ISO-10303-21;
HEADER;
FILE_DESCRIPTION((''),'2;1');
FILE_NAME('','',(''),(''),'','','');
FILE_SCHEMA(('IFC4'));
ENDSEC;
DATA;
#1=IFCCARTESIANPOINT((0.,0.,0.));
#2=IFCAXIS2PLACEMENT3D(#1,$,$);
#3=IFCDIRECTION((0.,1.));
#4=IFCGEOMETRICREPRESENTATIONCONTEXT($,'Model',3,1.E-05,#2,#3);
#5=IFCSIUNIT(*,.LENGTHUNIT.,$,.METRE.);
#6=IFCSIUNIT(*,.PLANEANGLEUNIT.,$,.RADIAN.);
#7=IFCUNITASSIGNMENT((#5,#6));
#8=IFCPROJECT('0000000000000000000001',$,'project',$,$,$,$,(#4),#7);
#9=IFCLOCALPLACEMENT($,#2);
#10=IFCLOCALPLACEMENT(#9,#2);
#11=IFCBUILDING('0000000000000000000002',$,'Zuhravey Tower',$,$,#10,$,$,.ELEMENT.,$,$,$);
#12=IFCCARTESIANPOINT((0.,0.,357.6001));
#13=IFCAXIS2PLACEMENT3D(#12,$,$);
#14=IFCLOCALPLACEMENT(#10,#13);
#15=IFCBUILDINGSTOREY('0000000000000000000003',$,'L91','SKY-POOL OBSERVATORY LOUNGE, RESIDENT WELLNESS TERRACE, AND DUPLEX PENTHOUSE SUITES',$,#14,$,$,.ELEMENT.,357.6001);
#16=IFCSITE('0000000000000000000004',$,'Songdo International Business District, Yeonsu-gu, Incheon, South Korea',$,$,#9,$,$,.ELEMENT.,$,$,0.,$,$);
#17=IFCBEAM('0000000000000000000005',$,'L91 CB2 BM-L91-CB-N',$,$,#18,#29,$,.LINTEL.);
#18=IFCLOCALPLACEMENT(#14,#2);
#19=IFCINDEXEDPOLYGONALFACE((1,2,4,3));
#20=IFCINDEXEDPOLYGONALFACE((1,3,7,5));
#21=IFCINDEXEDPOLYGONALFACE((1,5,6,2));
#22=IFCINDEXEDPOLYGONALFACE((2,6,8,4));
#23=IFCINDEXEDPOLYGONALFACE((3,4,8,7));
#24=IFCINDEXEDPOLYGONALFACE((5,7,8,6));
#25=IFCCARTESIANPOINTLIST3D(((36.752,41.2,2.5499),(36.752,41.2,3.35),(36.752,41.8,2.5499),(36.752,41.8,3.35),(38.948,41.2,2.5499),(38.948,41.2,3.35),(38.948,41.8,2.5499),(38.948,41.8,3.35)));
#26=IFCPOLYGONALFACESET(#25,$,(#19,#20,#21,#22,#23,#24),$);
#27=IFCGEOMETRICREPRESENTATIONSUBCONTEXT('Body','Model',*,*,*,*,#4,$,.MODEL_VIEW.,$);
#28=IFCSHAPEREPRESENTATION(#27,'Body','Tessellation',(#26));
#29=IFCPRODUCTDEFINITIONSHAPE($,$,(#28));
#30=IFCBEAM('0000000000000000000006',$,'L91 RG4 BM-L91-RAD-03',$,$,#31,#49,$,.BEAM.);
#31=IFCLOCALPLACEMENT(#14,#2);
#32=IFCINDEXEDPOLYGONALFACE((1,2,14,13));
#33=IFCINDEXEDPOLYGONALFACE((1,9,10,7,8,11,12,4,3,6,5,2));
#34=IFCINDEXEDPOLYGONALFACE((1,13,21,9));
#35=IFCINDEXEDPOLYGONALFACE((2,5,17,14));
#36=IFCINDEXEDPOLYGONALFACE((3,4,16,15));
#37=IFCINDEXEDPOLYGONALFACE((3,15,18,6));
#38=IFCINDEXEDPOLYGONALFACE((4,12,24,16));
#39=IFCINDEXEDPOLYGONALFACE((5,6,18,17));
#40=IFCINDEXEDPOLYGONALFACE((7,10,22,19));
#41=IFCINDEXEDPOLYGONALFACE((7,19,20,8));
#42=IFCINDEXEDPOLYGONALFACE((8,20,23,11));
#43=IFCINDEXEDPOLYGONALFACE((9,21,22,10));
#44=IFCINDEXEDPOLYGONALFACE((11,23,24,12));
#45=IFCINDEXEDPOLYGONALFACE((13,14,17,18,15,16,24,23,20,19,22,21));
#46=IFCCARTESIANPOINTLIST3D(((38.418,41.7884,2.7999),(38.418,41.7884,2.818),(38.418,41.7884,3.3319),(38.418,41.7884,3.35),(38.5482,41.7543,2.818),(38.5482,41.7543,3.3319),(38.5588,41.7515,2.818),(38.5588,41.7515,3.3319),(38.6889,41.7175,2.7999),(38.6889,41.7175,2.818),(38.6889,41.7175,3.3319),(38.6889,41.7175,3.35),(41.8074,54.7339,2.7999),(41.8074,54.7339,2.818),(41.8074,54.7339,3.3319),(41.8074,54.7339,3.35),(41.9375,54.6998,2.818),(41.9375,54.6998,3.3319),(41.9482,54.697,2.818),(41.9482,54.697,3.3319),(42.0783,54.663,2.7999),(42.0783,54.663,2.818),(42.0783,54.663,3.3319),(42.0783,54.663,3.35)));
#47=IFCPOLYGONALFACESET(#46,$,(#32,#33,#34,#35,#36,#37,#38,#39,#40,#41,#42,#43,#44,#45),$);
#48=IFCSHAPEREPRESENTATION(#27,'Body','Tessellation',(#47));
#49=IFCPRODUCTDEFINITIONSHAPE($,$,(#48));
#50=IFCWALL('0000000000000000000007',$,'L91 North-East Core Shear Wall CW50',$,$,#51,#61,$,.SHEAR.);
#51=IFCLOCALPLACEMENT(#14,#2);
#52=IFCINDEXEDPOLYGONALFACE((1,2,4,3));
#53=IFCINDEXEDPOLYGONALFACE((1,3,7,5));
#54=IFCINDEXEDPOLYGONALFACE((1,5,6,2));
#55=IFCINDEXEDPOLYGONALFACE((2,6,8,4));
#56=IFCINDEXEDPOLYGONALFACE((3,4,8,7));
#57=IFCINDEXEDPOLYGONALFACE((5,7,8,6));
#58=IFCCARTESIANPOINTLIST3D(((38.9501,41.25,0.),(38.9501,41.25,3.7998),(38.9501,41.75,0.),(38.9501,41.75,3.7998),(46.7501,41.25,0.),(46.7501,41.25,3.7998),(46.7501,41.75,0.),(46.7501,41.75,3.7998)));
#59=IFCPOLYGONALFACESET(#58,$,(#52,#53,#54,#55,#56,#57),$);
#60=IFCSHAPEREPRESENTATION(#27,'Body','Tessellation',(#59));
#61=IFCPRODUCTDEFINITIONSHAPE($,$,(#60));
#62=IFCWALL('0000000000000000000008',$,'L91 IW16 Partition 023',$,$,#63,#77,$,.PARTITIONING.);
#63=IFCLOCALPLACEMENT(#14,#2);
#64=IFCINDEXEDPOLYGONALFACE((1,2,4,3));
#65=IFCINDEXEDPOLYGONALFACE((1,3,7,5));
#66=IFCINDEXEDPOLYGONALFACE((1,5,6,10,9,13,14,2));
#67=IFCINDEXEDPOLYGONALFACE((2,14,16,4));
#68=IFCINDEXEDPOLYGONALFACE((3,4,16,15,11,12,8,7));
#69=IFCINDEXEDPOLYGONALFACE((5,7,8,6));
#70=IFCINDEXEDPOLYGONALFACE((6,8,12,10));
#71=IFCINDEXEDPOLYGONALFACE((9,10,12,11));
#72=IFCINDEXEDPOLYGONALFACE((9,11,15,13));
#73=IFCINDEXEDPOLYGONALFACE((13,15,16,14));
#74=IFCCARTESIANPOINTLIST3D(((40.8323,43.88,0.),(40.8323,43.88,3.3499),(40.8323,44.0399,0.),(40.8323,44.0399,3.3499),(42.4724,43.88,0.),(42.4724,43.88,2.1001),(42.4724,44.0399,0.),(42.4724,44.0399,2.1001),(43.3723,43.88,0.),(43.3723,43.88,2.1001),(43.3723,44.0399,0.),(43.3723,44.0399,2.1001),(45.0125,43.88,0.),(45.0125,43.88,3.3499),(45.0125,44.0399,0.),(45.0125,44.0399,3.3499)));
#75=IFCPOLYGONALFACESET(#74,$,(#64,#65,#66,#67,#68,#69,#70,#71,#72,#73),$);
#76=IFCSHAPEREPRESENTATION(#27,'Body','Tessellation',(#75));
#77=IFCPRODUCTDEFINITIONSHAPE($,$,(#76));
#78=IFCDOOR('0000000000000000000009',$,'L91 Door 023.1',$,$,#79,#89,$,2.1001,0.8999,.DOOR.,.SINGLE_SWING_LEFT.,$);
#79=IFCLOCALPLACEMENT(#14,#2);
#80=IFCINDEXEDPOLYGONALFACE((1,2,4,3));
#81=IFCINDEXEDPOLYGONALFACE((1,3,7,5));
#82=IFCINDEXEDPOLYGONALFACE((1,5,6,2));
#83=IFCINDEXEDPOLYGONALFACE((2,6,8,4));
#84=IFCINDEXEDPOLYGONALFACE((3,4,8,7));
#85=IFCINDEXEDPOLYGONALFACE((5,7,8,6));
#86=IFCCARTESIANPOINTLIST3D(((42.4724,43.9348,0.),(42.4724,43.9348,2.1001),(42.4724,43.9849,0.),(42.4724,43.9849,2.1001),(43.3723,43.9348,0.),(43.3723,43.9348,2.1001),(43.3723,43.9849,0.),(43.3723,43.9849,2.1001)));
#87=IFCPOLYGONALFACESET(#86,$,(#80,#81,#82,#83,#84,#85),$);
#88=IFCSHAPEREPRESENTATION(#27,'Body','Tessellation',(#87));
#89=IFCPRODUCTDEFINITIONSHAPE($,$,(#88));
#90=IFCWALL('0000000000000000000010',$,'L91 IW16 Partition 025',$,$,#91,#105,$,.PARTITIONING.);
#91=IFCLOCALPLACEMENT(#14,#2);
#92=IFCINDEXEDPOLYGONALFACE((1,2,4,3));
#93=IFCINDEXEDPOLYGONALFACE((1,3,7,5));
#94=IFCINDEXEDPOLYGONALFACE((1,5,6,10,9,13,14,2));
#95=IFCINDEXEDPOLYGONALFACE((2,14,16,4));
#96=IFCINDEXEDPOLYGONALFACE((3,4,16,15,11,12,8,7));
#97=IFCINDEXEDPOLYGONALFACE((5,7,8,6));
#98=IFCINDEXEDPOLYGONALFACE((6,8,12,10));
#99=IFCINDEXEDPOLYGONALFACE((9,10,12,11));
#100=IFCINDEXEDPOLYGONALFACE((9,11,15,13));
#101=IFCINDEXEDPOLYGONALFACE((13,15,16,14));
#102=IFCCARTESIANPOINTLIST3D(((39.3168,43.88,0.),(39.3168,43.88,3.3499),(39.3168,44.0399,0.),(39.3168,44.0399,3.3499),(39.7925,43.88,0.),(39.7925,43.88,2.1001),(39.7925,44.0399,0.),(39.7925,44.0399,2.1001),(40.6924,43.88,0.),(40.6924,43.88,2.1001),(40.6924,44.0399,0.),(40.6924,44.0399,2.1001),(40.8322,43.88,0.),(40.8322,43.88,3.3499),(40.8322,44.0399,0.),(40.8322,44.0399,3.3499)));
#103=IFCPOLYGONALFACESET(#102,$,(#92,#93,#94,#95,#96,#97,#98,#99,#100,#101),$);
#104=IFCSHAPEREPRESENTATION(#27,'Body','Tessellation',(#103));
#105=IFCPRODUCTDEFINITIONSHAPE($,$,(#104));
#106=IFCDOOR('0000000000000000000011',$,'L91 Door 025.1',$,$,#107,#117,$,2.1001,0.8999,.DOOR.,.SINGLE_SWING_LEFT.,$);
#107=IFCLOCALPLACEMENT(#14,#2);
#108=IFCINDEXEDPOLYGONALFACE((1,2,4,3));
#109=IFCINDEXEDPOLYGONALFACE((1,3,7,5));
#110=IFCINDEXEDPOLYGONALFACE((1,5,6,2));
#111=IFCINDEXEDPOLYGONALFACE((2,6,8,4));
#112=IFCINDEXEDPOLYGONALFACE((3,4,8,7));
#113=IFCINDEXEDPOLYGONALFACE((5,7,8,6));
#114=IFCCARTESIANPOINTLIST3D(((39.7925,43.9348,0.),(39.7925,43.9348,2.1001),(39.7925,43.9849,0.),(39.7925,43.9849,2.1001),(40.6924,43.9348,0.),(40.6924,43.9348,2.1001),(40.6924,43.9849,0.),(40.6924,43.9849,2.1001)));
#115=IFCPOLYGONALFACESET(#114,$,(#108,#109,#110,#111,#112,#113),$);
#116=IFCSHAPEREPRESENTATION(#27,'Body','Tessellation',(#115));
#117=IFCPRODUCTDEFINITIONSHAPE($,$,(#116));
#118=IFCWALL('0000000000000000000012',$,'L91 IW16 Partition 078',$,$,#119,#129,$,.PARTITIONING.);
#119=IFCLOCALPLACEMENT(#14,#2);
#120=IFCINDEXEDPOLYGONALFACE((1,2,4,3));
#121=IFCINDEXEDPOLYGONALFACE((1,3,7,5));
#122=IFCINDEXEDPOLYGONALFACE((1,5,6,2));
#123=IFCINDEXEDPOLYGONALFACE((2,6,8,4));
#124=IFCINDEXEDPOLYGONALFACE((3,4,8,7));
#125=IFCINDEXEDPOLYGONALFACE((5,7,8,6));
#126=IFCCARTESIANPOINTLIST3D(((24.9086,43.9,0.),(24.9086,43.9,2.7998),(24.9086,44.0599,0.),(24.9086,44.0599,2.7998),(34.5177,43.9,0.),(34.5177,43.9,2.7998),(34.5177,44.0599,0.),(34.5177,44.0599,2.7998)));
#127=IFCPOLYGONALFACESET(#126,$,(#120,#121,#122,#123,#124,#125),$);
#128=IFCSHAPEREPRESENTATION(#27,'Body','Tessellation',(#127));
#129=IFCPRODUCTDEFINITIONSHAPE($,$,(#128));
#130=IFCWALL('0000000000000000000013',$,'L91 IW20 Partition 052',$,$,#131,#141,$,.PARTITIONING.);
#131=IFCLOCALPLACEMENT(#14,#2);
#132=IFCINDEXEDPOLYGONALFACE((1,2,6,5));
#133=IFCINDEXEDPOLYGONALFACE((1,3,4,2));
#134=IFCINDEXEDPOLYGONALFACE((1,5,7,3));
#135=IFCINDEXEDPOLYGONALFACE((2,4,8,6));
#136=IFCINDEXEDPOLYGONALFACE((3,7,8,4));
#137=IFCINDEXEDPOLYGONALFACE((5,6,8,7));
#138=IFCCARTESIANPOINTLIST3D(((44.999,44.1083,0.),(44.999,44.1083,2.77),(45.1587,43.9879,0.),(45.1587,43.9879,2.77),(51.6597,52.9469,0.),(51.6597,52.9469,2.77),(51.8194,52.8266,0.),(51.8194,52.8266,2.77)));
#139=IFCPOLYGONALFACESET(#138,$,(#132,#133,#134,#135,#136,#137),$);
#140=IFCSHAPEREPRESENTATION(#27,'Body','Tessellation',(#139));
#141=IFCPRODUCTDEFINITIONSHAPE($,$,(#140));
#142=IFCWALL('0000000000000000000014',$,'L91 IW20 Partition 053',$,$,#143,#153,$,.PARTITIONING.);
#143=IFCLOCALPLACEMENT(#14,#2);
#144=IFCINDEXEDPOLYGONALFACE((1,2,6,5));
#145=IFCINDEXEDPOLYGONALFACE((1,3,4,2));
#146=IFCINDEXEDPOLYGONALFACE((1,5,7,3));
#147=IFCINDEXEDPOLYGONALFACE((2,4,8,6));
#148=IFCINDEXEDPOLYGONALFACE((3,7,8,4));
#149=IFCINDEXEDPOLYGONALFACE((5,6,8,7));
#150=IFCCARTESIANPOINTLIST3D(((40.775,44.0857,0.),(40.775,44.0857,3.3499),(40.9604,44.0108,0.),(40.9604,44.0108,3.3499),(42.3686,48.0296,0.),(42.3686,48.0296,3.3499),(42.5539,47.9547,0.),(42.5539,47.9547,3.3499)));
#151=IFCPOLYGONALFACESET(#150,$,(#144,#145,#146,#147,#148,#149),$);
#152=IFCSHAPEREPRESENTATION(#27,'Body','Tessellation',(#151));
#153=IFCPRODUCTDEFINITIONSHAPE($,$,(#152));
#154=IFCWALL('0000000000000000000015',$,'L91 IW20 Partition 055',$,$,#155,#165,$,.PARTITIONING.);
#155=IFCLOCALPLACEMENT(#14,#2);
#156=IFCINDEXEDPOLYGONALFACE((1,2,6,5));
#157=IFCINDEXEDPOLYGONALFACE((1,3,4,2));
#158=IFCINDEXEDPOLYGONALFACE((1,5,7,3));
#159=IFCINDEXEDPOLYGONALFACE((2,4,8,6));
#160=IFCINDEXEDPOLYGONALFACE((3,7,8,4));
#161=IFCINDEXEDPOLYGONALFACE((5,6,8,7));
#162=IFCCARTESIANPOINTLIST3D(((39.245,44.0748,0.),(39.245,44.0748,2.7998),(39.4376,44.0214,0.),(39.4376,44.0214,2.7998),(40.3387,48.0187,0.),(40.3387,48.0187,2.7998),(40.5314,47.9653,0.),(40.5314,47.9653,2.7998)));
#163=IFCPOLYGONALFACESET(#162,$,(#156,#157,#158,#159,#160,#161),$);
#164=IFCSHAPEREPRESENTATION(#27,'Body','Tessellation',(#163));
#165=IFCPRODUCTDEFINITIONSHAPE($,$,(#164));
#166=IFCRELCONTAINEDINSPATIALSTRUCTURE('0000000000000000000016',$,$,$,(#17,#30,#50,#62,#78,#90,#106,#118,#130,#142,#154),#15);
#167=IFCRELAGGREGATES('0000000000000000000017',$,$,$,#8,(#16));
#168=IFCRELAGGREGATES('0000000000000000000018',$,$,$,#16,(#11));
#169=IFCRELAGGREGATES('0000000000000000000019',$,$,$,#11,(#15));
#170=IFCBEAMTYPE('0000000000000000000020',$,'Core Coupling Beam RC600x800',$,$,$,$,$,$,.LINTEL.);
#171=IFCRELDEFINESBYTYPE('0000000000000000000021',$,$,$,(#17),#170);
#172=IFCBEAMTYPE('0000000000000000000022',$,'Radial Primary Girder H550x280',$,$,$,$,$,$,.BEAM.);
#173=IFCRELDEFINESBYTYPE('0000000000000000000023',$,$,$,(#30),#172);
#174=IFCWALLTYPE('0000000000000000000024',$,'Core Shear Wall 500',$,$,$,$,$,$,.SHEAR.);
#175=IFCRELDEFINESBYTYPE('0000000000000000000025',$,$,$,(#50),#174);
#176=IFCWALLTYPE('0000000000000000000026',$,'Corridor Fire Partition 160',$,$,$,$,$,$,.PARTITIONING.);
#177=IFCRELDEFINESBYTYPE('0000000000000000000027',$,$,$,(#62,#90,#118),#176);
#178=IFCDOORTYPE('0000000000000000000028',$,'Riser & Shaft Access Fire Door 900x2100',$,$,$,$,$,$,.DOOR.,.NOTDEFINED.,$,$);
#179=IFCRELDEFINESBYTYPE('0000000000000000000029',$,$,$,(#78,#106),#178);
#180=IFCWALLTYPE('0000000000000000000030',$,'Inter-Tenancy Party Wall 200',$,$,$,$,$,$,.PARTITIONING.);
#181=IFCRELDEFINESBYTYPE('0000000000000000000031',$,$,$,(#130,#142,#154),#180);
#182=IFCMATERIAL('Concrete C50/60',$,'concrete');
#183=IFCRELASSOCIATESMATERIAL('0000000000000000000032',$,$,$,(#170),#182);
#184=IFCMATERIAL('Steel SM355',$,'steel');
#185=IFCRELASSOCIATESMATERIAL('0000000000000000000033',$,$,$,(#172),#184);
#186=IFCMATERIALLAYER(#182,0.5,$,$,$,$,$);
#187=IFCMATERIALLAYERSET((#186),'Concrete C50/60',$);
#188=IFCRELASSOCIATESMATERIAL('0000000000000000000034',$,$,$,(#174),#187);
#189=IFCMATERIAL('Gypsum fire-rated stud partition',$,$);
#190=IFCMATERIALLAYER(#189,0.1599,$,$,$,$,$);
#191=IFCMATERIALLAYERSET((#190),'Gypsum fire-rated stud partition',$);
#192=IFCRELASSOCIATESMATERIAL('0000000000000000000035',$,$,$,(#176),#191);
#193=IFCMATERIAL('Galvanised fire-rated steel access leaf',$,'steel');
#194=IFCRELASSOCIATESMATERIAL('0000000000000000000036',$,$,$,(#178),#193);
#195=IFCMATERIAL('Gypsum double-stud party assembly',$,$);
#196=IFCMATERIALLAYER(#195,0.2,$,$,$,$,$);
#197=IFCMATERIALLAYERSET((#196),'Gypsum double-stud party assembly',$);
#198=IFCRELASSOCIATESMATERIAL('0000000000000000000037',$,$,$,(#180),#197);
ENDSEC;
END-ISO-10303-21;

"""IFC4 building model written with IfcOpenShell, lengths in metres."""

from ifc_helpers import new_model, si_unit, direction, frame, frame_2d, origin, origin_2d, place, context, subcontext, project, spatial, rectangle, i_section, extrude, material, layer, layer_set, material_profile, profile_set, type_object, element, fill, save


model = new_model("IFC4")

# Units and contexts
model_context = context("Model", 3, precision=1e-05, world=origin(), true_north=direction((0.0, 1.0)))
body_context = subcontext(model_context, "Body", "Model", "MODEL_VIEW")
ifc_project = project(units=[si_unit("LENGTHUNIT", "METRE"), si_unit("PLANEANGLEUNIT", "RADIAN")], contexts=[model_context])

# Site, building, storey
site_placement = place(None, origin())
site = spatial("IfcSite", under=ifc_project, at=site_placement, Name="Songdo International Business District, Yeonsu-gu, Incheon, South Korea", CompositionType="ELEMENT", RefElevation=0.0)
building_placement = place(site_placement, origin())
building = spatial("IfcBuilding", under=site, at=building_placement, Name="Zuhravey Tower", CompositionType="ELEMENT")
storey_placement = place(building_placement, frame((0.0, 0.0, 357.6001)))
storey = spatial("IfcBuildingStorey", under=building, at=storey_placement, Name="L91", Description="SKY-POOL OBSERVATORY LOUNGE, RESIDENT WELLNESS TERRACE, AND DUPLEX PENTHOUSE SUITES", CompositionType="ELEMENT", Elevation=357.6001)

# Beams
ifc_material_1 = material(Name="Concrete C50/60", Category="concrete")
ifc_material_profile_1 = material_profile(ifc_material_1, rectangle(XDim=0.6001, YDim=0.8, at=origin_2d()), Name="RC-600x800")
ifc_profile_set_1 = profile_set([ifc_material_profile_1], Name="Concrete C50/60")
beam_type_1 = type_object("IfcBeamType", Name="Core Coupling Beam RC600x800", PredefinedType="LINTEL", material=ifc_profile_set_1)
beam_1_placement = place(storey_placement, frame((36.752, 41.5, 2.95), z_axis=(1.0, 0.0, 0.0), x_axis=(0.0, 1.0, 0.0)))
element("IfcBeam", 1, at=beam_1_placement, inside=storey, type_object=beam_type_1, Name="L91 CB2 BM-L91-CB-N", PredefinedType="LINTEL", context=body_context, shape_type="SweptSolid", body=[
    extrude(rectangle(XDim=0.6001, YDim=0.8, at=origin_2d()), origin(), (0.0, 0.0, 1.0), 2.196),
])
ifc_material_2 = material(Name="Steel SM355", Category="steel")
ifc_material_profile_2 = material_profile(ifc_material_2, i_section(OverallWidth=0.28, OverallDepth=0.55, WebThickness=0.011, FlangeThickness=0.0181, at=origin_2d()), Name="H-550x280x11x18")
ifc_profile_set_2 = profile_set([ifc_material_profile_2], Name="Steel SM355")
beam_type_2 = type_object("IfcBeamType", Name="Radial Primary Girder H550x280", PredefinedType="BEAM", material=ifc_profile_set_2)
beam_2_placement = place(storey_placement, frame((38.5535, 41.7529, 3.075), z_axis=(0.253283, 0.967392, 0.0), x_axis=(-0.967392, 0.253283, 0.0)))
element("IfcBeam", 2, at=beam_2_placement, inside=storey, type_object=beam_type_2, Name="L91 RG4 BM-L91-RAD-03", PredefinedType="BEAM", context=body_context, shape_type="SweptSolid", body=[
    extrude(i_section(OverallWidth=0.28, OverallDepth=0.55, WebThickness=0.011, FlangeThickness=0.0181, at=origin_2d()), origin(), (0.0, 0.0, 1.0), 13.3818),
])

# Wall
ifc_layer_1 = layer(ifc_material_1, 0.5)
ifc_layer_set_1 = layer_set([ifc_layer_1], Name="Concrete C50/60")
wall_type_1 = type_object("IfcWallType", Name="Core Shear Wall 500", PredefinedType="SHEAR", material=ifc_layer_set_1)
wall_1_placement = place(storey_placement, frame((46.75, 41.5, 0.0), z_axis=(0.0, 0.0, 1.0), x_axis=(-1.0, 0.0, 0.0)))
element("IfcWall", 3, at=wall_1_placement, inside=storey, type_object=wall_type_1, Name="L91 North-East Core Shear Wall CW50", PredefinedType="SHEAR", context=body_context, shape_type="SweptSolid", body=[
    extrude(rectangle(XDim=7.8, YDim=0.5, at=frame_2d((3.8999, 0.0))), origin(), (0.0, 0.0, 1.0), 3.7998),
])

# Walls, openings, doors
ifc_material_3 = material(Name="Gypsum fire-rated stud partition")
ifc_layer_2 = layer(ifc_material_3, 0.1599)
ifc_layer_set_2 = layer_set([ifc_layer_2], Name="Gypsum fire-rated stud partition")
wall_type_2 = type_object("IfcWallType", Name="Corridor Fire Partition 160", PredefinedType="PARTITIONING", material=ifc_layer_set_2)
wall_2_placement = place(storey_placement, frame((45.0125, 43.96, 0.0), z_axis=(0.0, 0.0, 1.0), x_axis=(-1.0, 0.0, 0.0)))
wall_2 = element("IfcWall", 4, at=wall_2_placement, inside=storey, type_object=wall_type_2, Name="L91 IW16 Partition 023", PredefinedType="PARTITIONING", context=body_context, shape_type="SweptSolid", body=[
    extrude(rectangle(XDim=4.1802, YDim=0.1599, at=frame_2d((2.0901, 0.0))), origin(), (0.0, 0.0, 1.0), 3.3499),
])
opening_1_placement = place(wall_2_placement, frame((1.6401, 0.0, 0.0)))
opening_1 = element("IfcOpeningElement", 5, at=opening_1_placement, cuts=wall_2, PredefinedType="OPENING", context=body_context, shape_type="SweptSolid", body=[
    extrude(rectangle(XDim=0.8999, YDim=2.1001, at=frame_2d((0.45, 1.05))), frame((0.0, 0.092, 0.0), z_axis=(0.0, -1.0, 0.0), x_axis=(1.0, 0.0, 0.0)), (0.0, 0.0, 1.0), 0.1838),
])
ifc_material_4 = material(Name="Galvanised fire-rated steel access leaf", Category="steel")
door_type_1 = type_object("IfcDoorType", Name="Riser & Shaft Access Fire Door 900x2100", OperationType="NOTDEFINED", PredefinedType="DOOR", material=ifc_material_4)
door_1_placement = place(opening_1_placement, frame((0.8999, 0.0, 0.0), z_axis=(0.0, 0.0, 1.0), x_axis=(-1.0, 0.0, 0.0)))
door_1 = element("IfcDoor", 6, at=door_1_placement, inside=storey, type_object=door_type_1, Name="L91 Door 023.1", OperationType="SINGLE_SWING_LEFT", OverallHeight=2.1001, OverallWidth=0.8999, PredefinedType="DOOR", context=body_context, shape_type="SweptSolid", body=[
    extrude(rectangle(XDim=0.8999, YDim=2.1001, at=frame_2d((0.45, 1.05))), frame((0.0, 0.0249, 0.0), z_axis=(0.0, -1.0, 0.0), x_axis=(1.0, 0.0, 0.0)), (0.0, 0.0, 1.0), 0.05),
])
fill(opening_1, door_1)
wall_3_placement = place(storey_placement, frame((40.8323, 43.96, 0.0), z_axis=(0.0, 0.0, 1.0), x_axis=(-1.0, 0.0, 0.0)))
wall_3 = element("IfcWall", 7, at=wall_3_placement, inside=storey, type_object=wall_type_2, Name="L91 IW16 Partition 025", PredefinedType="PARTITIONING", context=body_context, shape_type="SweptSolid", body=[
    extrude(rectangle(XDim=1.5154, YDim=0.1599, at=frame_2d((0.7578, 0.0))), origin(), (0.0, 0.0, 1.0), 3.3499),
])
opening_2_placement = place(wall_3_placement, frame((0.1399, 0.0, 0.0)))
opening_2 = element("IfcOpeningElement", 8, at=opening_2_placement, cuts=wall_3, PredefinedType="OPENING", context=body_context, shape_type="SweptSolid", body=[
    extrude(rectangle(XDim=0.8999, YDim=2.1001, at=frame_2d((0.45, 1.05))), frame((0.0, 0.092, 0.0), z_axis=(0.0, -1.0, 0.0), x_axis=(1.0, 0.0, 0.0)), (0.0, 0.0, 1.0), 0.1838),
])
door_2_placement = place(opening_2_placement, frame((0.8999, 0.0, 0.0), z_axis=(0.0, 0.0, 1.0), x_axis=(-1.0, 0.0, 0.0)))
door_2 = element("IfcDoor", 9, at=door_2_placement, inside=storey, type_object=door_type_1, Name="L91 Door 025.1", OperationType="SINGLE_SWING_LEFT", OverallHeight=2.1001, OverallWidth=0.8999, PredefinedType="DOOR", context=body_context, shape_type="SweptSolid", body=[
    extrude(rectangle(XDim=0.8999, YDim=2.1001, at=frame_2d((0.45, 1.05))), frame((0.0, 0.0249, 0.0), z_axis=(0.0, -1.0, 0.0), x_axis=(1.0, 0.0, 0.0)), (0.0, 0.0, 1.0), 0.05),
])
fill(opening_2, door_2)

# Wall
wall_4_placement = place(storey_placement, frame((34.5178, 43.98, 0.0), z_axis=(0.0, 0.0, 1.0), x_axis=(-1.0, 0.0, 0.0)))
element("IfcWall", 10, at=wall_4_placement, inside=storey, type_object=wall_type_2, Name="L91 IW16 Partition 078", PredefinedType="PARTITIONING", context=body_context, shape_type="SweptSolid", body=[
    extrude(rectangle(XDim=9.6091, YDim=0.1599, at=frame_2d((4.8047, 0.0))), origin(), (0.0, 0.0, 1.0), 2.7998),
])

# Walls
ifc_material_5 = material(Name="Gypsum double-stud party assembly")
ifc_layer_3 = layer(ifc_material_5, 0.2)
ifc_layer_set_3 = layer_set([ifc_layer_3], Name="Gypsum double-stud party assembly")
wall_type_3 = type_object("IfcWallType", Name="Inter-Tenancy Party Wall 200", PredefinedType="PARTITIONING", material=ifc_layer_set_3)
wall_5_placement = place(storey_placement, frame((45.0789, 44.0481, 0.0), z_axis=(0.0, 0.0, 1.0), x_axis=(0.60183, 0.798624, 0.0)))
element("IfcWall", 11, at=wall_5_placement, inside=storey, type_object=wall_type_3, Name="L91 IW20 Partition 052", PredefinedType="PARTITIONING", context=body_context, shape_type="SweptSolid", body=[
    extrude(rectangle(XDim=11.0674, YDim=0.2, at=frame_2d((5.5337, 0.0))), origin(), (0.0, 0.0, 1.0), 2.77),
])
wall_6_placement = place(storey_placement, frame((40.8677, 44.0481, 0.0), z_axis=(0.0, 0.0, 1.0), x_axis=(0.374624, 0.927177, 0.0)))
element("IfcWall", 12, at=wall_6_placement, inside=storey, type_object=wall_type_3, Name="L91 IW20 Partition 053", PredefinedType="PARTITIONING", context=body_context, shape_type="SweptSolid", body=[
    extrude(rectangle(XDim=4.2537, YDim=0.2, at=frame_2d((2.127, 0.0))), origin(), (0.0, 0.0, 1.0), 3.3499),
])
wall_7_placement = place(storey_placement, frame((39.3413, 44.0481, 0.0), z_axis=(0.0, 0.0, 1.0), x_axis=(0.267244, 0.963629, 0.0)))
element("IfcWall", 13, at=wall_7_placement, inside=storey, type_object=wall_type_3, Name="L91 IW20 Partition 055", PredefinedType="PARTITIONING", context=body_context, shape_type="SweptSolid", body=[
    extrude(rectangle(XDim=4.0928, YDim=0.2, at=frame_2d((2.0464, 0.0))), origin(), (0.0, 0.0, 1.0), 2.7998),
])

save(model, "model.ifc")
